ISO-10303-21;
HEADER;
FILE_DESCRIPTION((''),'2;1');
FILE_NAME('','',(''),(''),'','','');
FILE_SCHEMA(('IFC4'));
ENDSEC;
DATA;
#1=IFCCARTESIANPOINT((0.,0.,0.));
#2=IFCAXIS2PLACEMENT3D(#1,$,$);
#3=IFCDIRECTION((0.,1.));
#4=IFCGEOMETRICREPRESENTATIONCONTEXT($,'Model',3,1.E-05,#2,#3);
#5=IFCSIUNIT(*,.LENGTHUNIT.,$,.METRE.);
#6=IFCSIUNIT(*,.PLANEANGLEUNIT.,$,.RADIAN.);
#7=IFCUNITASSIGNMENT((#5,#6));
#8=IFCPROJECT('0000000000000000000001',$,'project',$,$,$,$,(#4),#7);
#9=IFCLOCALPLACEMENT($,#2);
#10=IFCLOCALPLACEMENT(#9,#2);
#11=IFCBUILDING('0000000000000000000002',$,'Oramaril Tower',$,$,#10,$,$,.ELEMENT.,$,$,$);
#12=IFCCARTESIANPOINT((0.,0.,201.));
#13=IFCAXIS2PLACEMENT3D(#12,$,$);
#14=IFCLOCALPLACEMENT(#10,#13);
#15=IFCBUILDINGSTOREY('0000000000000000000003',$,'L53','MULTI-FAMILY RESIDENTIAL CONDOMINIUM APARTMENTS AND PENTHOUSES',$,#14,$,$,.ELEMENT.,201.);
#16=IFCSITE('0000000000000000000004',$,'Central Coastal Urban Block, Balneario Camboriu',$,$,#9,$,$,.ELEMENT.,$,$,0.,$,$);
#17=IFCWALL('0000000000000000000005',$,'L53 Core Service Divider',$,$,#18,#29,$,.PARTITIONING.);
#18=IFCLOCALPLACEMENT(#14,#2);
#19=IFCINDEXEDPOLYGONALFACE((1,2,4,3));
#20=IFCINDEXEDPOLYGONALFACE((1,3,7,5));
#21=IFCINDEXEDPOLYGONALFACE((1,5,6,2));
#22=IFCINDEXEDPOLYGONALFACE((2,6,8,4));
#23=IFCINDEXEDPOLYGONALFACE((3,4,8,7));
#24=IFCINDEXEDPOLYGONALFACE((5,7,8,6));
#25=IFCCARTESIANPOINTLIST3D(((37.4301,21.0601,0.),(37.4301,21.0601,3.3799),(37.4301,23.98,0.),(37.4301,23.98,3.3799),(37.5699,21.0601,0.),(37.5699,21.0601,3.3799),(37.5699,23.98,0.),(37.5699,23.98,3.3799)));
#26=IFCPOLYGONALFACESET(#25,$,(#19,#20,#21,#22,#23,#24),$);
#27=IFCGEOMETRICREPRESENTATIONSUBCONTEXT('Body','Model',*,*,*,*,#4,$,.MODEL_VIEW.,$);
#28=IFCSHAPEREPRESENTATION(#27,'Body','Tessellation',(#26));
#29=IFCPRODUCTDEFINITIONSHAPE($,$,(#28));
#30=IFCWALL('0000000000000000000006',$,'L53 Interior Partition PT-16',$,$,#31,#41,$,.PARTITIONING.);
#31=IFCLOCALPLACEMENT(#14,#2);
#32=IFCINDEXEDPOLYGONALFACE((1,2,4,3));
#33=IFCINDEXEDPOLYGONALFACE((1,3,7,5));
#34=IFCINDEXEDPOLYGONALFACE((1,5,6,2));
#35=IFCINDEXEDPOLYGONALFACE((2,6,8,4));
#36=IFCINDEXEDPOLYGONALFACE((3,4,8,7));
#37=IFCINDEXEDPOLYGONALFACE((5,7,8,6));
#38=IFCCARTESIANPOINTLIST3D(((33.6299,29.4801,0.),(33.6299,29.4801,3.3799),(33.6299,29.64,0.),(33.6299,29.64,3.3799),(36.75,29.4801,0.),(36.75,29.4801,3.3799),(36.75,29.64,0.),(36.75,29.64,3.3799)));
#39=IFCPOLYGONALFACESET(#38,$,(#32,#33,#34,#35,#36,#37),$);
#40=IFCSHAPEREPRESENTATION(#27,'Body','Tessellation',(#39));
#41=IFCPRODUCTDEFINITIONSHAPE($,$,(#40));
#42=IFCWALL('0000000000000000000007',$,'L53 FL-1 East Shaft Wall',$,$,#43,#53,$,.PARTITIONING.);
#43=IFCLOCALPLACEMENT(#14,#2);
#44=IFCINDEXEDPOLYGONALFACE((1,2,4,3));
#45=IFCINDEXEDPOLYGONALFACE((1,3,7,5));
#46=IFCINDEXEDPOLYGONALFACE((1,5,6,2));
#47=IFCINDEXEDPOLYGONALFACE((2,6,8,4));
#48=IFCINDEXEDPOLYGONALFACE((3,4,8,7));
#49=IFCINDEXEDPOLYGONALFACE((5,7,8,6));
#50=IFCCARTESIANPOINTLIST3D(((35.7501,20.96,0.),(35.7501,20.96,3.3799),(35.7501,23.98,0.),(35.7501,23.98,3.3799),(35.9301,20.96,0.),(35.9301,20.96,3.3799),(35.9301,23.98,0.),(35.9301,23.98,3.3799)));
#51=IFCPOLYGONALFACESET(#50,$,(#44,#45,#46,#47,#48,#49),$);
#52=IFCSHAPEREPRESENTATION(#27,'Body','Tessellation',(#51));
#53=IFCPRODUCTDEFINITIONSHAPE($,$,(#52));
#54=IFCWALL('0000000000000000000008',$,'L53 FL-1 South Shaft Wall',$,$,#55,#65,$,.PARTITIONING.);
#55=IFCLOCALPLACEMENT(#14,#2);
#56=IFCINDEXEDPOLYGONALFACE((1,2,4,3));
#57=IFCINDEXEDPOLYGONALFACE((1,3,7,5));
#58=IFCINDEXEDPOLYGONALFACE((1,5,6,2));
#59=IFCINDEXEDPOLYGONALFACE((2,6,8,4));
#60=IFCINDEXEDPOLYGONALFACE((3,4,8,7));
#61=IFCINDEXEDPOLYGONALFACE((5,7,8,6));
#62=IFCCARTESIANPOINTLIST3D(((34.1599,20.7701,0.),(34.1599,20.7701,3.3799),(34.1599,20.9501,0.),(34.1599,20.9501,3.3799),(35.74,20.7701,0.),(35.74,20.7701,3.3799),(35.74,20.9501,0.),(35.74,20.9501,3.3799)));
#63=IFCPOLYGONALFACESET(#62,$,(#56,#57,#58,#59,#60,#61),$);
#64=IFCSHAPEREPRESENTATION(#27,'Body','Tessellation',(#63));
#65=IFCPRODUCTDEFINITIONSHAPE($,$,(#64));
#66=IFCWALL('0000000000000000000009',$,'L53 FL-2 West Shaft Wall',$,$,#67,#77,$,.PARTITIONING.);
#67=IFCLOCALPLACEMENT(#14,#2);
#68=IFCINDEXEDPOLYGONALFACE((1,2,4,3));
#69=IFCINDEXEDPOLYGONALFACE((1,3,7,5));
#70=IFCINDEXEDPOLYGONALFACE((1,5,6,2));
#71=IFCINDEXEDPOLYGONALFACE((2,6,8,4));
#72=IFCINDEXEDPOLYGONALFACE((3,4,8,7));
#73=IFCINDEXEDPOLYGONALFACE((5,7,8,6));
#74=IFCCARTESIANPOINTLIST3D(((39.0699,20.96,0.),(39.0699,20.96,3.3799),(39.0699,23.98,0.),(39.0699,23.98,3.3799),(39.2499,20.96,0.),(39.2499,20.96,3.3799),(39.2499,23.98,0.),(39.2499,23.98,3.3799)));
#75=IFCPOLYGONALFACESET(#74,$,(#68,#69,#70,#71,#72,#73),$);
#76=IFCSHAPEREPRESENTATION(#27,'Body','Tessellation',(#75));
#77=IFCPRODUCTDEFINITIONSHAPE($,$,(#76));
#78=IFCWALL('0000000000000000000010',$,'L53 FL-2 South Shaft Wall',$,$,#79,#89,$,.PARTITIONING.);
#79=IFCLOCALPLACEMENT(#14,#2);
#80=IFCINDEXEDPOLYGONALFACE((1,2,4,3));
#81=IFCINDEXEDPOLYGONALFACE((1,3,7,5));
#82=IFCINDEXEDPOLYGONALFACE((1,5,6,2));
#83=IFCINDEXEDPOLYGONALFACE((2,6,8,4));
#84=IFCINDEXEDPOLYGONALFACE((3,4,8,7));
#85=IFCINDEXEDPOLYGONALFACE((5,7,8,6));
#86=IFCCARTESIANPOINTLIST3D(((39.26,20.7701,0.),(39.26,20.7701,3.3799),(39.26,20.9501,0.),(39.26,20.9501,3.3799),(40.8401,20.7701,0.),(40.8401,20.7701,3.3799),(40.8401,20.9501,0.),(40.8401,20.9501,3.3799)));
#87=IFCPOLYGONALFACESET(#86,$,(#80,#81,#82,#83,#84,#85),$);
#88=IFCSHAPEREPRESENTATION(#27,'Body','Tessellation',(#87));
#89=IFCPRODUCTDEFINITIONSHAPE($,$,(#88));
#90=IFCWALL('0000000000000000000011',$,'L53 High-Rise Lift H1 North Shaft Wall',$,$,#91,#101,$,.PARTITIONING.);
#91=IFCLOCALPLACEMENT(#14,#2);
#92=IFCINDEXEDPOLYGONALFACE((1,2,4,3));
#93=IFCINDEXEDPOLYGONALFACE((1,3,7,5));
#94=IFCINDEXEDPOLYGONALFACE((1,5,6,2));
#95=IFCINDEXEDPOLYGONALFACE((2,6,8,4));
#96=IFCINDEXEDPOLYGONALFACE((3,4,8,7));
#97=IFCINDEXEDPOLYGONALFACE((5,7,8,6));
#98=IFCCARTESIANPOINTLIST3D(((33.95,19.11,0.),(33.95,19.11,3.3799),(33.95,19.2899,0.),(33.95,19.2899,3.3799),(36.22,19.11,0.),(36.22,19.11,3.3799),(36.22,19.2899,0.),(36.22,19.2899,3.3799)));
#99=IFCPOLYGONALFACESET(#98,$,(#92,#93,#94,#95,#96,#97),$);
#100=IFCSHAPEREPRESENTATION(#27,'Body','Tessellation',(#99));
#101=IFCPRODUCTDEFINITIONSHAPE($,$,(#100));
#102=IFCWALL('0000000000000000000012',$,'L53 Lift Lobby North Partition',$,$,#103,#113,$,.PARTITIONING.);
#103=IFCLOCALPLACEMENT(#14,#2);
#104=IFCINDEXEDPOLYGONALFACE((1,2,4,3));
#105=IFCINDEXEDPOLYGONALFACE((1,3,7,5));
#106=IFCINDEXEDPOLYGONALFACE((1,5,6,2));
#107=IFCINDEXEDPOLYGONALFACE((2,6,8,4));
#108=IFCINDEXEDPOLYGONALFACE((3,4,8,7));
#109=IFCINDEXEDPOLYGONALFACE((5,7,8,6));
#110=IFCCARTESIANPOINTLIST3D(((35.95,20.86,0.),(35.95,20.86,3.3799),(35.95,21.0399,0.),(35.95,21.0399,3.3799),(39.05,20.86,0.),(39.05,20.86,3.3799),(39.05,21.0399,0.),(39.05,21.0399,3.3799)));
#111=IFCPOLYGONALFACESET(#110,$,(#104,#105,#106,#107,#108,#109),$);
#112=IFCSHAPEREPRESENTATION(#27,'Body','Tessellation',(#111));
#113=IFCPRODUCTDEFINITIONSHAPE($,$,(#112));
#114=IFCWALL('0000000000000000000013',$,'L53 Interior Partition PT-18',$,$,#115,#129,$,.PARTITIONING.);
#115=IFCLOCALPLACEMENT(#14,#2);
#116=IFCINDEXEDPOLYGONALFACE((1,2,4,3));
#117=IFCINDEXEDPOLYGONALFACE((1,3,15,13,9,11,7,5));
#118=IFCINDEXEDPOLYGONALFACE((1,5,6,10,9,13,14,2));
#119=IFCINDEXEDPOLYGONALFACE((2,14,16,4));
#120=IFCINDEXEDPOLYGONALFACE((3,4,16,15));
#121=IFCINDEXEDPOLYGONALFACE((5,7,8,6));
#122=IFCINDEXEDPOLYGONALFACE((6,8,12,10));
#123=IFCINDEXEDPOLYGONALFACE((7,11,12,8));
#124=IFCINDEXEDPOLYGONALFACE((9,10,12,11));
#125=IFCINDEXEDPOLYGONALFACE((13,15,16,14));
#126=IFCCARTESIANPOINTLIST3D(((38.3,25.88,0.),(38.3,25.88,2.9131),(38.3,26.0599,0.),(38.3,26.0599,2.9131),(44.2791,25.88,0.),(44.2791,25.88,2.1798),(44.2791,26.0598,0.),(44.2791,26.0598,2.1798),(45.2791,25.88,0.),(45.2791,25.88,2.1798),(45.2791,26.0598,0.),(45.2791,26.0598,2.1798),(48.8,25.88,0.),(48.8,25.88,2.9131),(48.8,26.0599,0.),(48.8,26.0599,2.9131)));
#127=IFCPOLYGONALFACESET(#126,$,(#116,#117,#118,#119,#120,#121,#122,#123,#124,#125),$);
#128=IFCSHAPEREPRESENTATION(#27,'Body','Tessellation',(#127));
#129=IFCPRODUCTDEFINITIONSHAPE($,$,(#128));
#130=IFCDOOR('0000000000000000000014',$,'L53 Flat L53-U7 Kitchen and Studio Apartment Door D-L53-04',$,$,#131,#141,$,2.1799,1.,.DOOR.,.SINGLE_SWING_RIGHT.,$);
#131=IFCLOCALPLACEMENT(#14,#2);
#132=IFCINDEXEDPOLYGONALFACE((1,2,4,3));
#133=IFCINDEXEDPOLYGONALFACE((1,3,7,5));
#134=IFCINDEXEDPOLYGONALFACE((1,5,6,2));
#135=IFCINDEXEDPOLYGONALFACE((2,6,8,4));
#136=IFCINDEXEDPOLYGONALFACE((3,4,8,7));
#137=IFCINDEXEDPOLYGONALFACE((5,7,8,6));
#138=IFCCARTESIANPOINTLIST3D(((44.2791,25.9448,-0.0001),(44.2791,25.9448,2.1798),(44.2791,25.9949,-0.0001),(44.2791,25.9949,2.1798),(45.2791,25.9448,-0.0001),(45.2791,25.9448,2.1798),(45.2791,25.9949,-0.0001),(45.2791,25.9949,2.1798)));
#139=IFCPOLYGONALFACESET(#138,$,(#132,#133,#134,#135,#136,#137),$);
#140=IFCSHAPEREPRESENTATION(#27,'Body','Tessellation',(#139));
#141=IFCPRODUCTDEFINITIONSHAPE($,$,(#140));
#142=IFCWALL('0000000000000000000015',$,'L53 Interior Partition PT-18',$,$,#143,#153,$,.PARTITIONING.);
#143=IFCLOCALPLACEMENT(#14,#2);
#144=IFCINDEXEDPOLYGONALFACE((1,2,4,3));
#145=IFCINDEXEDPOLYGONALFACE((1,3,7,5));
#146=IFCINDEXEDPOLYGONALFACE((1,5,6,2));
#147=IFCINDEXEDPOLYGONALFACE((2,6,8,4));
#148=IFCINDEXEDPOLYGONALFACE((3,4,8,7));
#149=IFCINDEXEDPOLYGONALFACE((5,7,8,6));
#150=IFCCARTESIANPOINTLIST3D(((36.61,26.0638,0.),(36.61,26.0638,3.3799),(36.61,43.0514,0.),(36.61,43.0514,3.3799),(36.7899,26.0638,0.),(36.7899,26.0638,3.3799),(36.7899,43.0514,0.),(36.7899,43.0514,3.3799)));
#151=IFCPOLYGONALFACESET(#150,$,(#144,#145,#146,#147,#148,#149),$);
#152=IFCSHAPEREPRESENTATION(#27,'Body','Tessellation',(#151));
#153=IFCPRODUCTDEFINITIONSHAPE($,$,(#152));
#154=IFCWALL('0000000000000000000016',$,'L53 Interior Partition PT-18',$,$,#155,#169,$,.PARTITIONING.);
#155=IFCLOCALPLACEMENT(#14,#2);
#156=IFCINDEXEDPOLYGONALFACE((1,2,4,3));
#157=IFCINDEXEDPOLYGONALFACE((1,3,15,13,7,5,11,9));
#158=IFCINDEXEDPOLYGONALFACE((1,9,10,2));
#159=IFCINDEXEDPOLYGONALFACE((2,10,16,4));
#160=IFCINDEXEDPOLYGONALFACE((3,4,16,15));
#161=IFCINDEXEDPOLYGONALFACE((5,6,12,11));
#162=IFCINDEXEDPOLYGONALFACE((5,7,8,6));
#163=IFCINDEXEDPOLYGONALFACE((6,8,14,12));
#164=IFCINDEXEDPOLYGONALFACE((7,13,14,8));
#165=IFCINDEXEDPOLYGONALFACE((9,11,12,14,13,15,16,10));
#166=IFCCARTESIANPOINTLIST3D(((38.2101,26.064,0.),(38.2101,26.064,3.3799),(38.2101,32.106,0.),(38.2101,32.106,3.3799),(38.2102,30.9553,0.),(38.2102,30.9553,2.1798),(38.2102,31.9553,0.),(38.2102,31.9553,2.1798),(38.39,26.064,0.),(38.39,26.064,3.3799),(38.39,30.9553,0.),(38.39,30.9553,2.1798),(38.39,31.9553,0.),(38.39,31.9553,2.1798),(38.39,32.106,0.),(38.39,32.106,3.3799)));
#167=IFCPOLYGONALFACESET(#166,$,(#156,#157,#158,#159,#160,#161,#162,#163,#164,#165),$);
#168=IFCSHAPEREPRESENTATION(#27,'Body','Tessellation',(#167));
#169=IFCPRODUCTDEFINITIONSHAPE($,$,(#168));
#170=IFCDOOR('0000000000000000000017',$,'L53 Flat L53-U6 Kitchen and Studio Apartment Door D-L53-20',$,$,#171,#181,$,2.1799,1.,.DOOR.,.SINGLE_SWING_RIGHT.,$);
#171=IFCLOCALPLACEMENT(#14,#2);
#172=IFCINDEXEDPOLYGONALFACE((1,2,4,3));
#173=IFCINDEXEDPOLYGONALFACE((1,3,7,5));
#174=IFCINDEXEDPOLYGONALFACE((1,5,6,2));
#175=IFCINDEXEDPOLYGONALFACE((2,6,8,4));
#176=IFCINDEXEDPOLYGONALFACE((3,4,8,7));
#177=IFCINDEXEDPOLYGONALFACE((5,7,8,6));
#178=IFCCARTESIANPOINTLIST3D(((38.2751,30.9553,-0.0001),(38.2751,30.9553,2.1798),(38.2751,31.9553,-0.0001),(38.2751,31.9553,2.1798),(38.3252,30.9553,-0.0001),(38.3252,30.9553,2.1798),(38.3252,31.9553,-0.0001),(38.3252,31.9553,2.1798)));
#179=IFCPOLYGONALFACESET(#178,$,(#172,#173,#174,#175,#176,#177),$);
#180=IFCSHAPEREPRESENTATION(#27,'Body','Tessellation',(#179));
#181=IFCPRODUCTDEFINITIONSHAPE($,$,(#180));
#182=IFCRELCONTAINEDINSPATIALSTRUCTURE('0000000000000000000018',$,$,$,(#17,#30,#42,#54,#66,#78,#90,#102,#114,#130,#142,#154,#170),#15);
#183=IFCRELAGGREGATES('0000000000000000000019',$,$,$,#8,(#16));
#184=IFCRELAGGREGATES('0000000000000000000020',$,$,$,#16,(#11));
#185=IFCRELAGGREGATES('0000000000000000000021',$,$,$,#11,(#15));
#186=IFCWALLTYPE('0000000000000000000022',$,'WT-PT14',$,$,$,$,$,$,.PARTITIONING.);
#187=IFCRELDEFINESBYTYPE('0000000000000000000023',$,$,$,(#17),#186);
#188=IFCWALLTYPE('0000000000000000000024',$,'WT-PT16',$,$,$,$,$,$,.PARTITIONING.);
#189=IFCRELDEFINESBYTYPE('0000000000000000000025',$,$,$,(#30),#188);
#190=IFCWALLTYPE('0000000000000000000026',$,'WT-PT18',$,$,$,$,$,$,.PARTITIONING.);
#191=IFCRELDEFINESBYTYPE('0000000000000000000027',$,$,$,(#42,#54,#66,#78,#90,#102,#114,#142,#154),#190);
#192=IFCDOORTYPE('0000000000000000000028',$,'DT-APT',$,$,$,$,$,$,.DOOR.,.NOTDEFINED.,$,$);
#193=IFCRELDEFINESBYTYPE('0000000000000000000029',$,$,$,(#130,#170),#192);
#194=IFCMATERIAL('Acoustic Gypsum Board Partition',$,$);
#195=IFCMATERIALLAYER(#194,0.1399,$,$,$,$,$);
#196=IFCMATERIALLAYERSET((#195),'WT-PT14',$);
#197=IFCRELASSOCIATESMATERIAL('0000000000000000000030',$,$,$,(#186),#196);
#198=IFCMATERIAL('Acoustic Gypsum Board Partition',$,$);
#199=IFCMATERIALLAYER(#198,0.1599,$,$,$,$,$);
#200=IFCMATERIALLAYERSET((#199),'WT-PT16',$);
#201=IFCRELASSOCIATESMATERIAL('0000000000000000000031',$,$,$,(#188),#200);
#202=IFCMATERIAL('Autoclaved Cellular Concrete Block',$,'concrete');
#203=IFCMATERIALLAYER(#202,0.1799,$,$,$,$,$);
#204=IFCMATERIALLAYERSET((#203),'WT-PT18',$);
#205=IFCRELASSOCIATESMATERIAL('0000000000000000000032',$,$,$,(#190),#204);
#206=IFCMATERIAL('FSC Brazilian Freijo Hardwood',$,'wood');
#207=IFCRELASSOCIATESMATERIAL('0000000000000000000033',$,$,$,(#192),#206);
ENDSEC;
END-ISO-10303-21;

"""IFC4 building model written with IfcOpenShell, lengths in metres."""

from ifc_helpers import new_model, si_unit, direction, frame, frame_2d, origin, place, context, subcontext, project, spatial, rectangle, extrude, material, layer, layer_set, type_object, element, fill, save


model = new_model("IFC4")

# Units and contexts
model_context = context("Model", 3, precision=1e-05, world=origin(), true_north=direction((0.0, 1.0)))
body_context = subcontext(model_context, "Body", "Model", "MODEL_VIEW")
ifc_project = project(units=[si_unit("LENGTHUNIT", "METRE"), si_unit("PLANEANGLEUNIT", "RADIAN")], contexts=[model_context])

# Site, building, storey
site_placement = place(None, origin())
site = spatial("IfcSite", under=ifc_project, at=site_placement, Name="Central Coastal Urban Block, Balneario Camboriu", CompositionType="ELEMENT", RefElevation=0.0)
building_placement = place(site_placement, origin())
building = spatial("IfcBuilding", under=site, at=building_placement, Name="Oramaril Tower", CompositionType="ELEMENT")
storey_placement = place(building_placement, frame((0.0, 0.0, 201.0)))
storey = spatial("IfcBuildingStorey", under=building, at=storey_placement, Name="L53", Description="MULTI-FAMILY RESIDENTIAL CONDOMINIUM APARTMENTS AND PENTHOUSES", CompositionType="ELEMENT", Elevation=201.0)

# Walls
ifc_material_1 = material(Name="Acoustic Gypsum Board Partition")
ifc_layer_1 = layer(ifc_material_1, 0.1399)
ifc_layer_set_1 = layer_set([ifc_layer_1], Name="WT-PT14")
wall_type_1 = type_object("IfcWallType", Name="WT-PT14", PredefinedType="PARTITIONING", material=ifc_layer_set_1)
wall_1_placement = place(storey_placement, frame((37.5, 21.0601, 0.0), z_axis=(0.0, 0.0, 1.0), x_axis=(0.0, 1.0, 0.0)))
element("IfcWall", 1, at=wall_1_placement, inside=storey, type_object=wall_type_1, Name="L53 Core Service Divider", PredefinedType="PARTITIONING", context=body_context, shape_type="SweptSolid", body=[
    extrude(rectangle(XDim=2.9199, YDim=0.1399, at=frame_2d((1.46, 0.0))), origin(), (0.0, 0.0, 1.0), 3.3799),
])
ifc_material_2 = material(Name="Acoustic Gypsum Board Partition")
ifc_layer_2 = layer(ifc_material_2, 0.1599)
ifc_layer_set_2 = layer_set([ifc_layer_2], Name="WT-PT16")
wall_type_2 = type_object("IfcWallType", Name="WT-PT16", PredefinedType="PARTITIONING", material=ifc_layer_set_2)
wall_2_placement = place(storey_placement, frame((33.6299, 29.5601, 0.0), z_axis=(0.0, 0.0, 1.0), x_axis=(1.0, 0.0, 0.0)))
element("IfcWall", 2, at=wall_2_placement, inside=storey, type_object=wall_type_2, Name="L53 Interior Partition PT-16", PredefinedType="PARTITIONING", context=body_context, shape_type="SweptSolid", body=[
    extrude(rectangle(XDim=3.1201, YDim=0.1599, at=frame_2d((1.5601, 0.0))), origin(), (0.0, 0.0, 1.0), 3.3799),
])

# Walls
ifc_material_3 = material(Name="Autoclaved Cellular Concrete Block", Category="concrete")
ifc_layer_3 = layer(ifc_material_3, 0.1799)
ifc_layer_set_3 = layer_set([ifc_layer_3], Name="WT-PT18")
wall_type_3 = type_object("IfcWallType", Name="WT-PT18", PredefinedType="PARTITIONING", material=ifc_layer_set_3)
wall_3_placement = place(storey_placement, frame((35.8401, 20.96, 0.0), z_axis=(0.0, 0.0, 1.0), x_axis=(0.0, 1.0, 0.0)))
element("IfcWall", 3, at=wall_3_placement, inside=storey, type_object=wall_type_3, Name="L53 FL-1 East Shaft Wall", PredefinedType="PARTITIONING", context=body_context, shape_type="SweptSolid", body=[
    extrude(rectangle(XDim=3.02, YDim=0.1799, at=frame_2d((1.51, 0.0))), origin(), (0.0, 0.0, 1.0), 3.3799),
])
wall_4_placement = place(storey_placement, frame((34.1599, 20.8601, 0.0), z_axis=(0.0, 0.0, 1.0), x_axis=(1.0, 0.0, 0.0)))
element("IfcWall", 4, at=wall_4_placement, inside=storey, type_object=wall_type_3, Name="L53 FL-1 South Shaft Wall", PredefinedType="PARTITIONING", context=body_context, shape_type="SweptSolid", body=[
    extrude(rectangle(XDim=1.5801, YDim=0.1799, at=frame_2d((0.79, 0.0))), origin(), (0.0, 0.0, 1.0), 3.3799),
])
wall_5_placement = place(storey_placement, frame((39.1599, 20.96, 0.0), z_axis=(0.0, 0.0, 1.0), x_axis=(0.0, 1.0, 0.0)))
element("IfcWall", 5, at=wall_5_placement, inside=storey, type_object=wall_type_3, Name="L53 FL-2 West Shaft Wall", PredefinedType="PARTITIONING", context=body_context, shape_type="SweptSolid", body=[
    extrude(rectangle(XDim=3.02, YDim=0.1799, at=frame_2d((1.51, 0.0))), origin(), (0.0, 0.0, 1.0), 3.3799),
])
wall_6_placement = place(storey_placement, frame((39.26, 20.8601, 0.0), z_axis=(0.0, 0.0, 1.0), x_axis=(1.0, 0.0, 0.0)))
element("IfcWall", 6, at=wall_6_placement, inside=storey, type_object=wall_type_3, Name="L53 FL-2 South Shaft Wall", PredefinedType="PARTITIONING", context=body_context, shape_type="SweptSolid", body=[
    extrude(rectangle(XDim=1.5801, YDim=0.1799, at=frame_2d((0.79, 0.0))), origin(), (0.0, 0.0, 1.0), 3.3799),
])
wall_7_placement = place(storey_placement, frame((33.95, 19.2, 0.0), z_axis=(0.0, 0.0, 1.0), x_axis=(1.0, 0.0, 0.0)))
element("IfcWall", 7, at=wall_7_placement, inside=storey, type_object=wall_type_3, Name="L53 High-Rise Lift H1 North Shaft Wall", PredefinedType="PARTITIONING", context=body_context, shape_type="SweptSolid", body=[
    extrude(rectangle(XDim=2.27, YDim=0.1799, at=frame_2d((1.135, 0.0))), origin(), (0.0, 0.0, 1.0), 3.3799),
])
wall_8_placement = place(storey_placement, frame((35.95, 20.95, 0.0), z_axis=(0.0, 0.0, 1.0), x_axis=(1.0, 0.0, 0.0)))
element("IfcWall", 8, at=wall_8_placement, inside=storey, type_object=wall_type_3, Name="L53 Lift Lobby North Partition", PredefinedType="PARTITIONING", context=body_context, shape_type="SweptSolid", body=[
    extrude(rectangle(XDim=3.1001, YDim=0.1799, at=frame_2d((1.55, 0.0))), origin(), (0.0, 0.0, 1.0), 3.3799),
])

# Wall, opening, door
wall_9_placement = place(storey_placement, frame((38.3, 25.97, 0.0), z_axis=(0.0, 0.0, 1.0), x_axis=(1.0, 0.0, 0.0)))
wall_9 = element("IfcWall", 9, at=wall_9_placement, inside=storey, type_object=wall_type_3, Name="L53 Interior Partition PT-18", PredefinedType="PARTITIONING", context=body_context, shape_type="SweptSolid", body=[
    extrude(rectangle(XDim=10.5, YDim=0.1799, at=frame_2d((5.25, 0.0))), origin(), (0.0, 0.0, 1.0), 2.9131),
])
opening_1_placement = place(wall_9_placement, frame((5.979, 0.0, 0.0)))
opening_1 = element("IfcOpeningElement", 10, at=opening_1_placement, cuts=wall_9, PredefinedType="OPENING", context=body_context, shape_type="SweptSolid", body=[
    extrude(rectangle(XDim=1.0, YDim=2.1799, at=frame_2d((0.5, 1.0898))), frame((0.0, 0.0898, 0.0), z_axis=(0.0, -1.0, 0.0), x_axis=(1.0, 0.0, 0.0)), (0.0, 0.0, 1.0), 0.1799),
])
ifc_material_4 = material(Name="FSC Brazilian Freijo Hardwood", Category="wood")
door_type_1 = type_object("IfcDoorType", Name="DT-APT", OperationType="NOTDEFINED", PredefinedType="DOOR", material=ifc_material_4)
door_1_placement = place(opening_1_placement, origin())
door_1 = element("IfcDoor", 11, at=door_1_placement, inside=storey, type_object=door_type_1, Name="L53 Flat L53-U7 Kitchen and Studio Apartment Door D-L53-04", OperationType="SINGLE_SWING_RIGHT", OverallHeight=2.1799, OverallWidth=1.0, PredefinedType="DOOR", context=body_context, shape_type="SweptSolid", body=[
    extrude(rectangle(XDim=1.0, YDim=2.1799, at=frame_2d((0.5, 1.0898))), frame((0.0, 0.0249, 0.0), z_axis=(0.0, -1.0, 0.0), x_axis=(1.0, 0.0, 0.0)), (0.0, 0.0, 1.0), 0.05),
])
fill(opening_1, door_1)

# Wall
wall_10_placement = place(storey_placement, frame((36.7, 26.064, 0.0), z_axis=(0.0, 0.0, 1.0), x_axis=(0.0, 1.0, 0.0)))
element("IfcWall", 12, at=wall_10_placement, inside=storey, type_object=wall_type_3, Name="L53 Interior Partition PT-18", PredefinedType="PARTITIONING", context=body_context, shape_type="SweptSolid", body=[
    extrude(rectangle(XDim=16.9875, YDim=0.1799, at=frame_2d((8.4937, 0.0))), origin(), (0.0, 0.0, 1.0), 3.3799),
])

# Wall, opening, door
wall_11_placement = place(storey_placement, frame((38.3, 26.064, 0.0), z_axis=(0.0, 0.0, 1.0), x_axis=(0.0, 1.0, 0.0)))
wall_11 = element("IfcWall", 13, at=wall_11_placement, inside=storey, type_object=wall_type_3, Name="L53 Interior Partition PT-18", PredefinedType="PARTITIONING", context=body_context, shape_type="SweptSolid", body=[
    extrude(rectangle(XDim=6.042, YDim=0.1799, at=frame_2d((3.021, 0.0))), origin(), (0.0, 0.0, 1.0), 3.3799),
])
opening_2_placement = place(wall_11_placement, frame((4.8914, 0.0, 0.0)))
opening_2 = element("IfcOpeningElement", 14, at=opening_2_placement, cuts=wall_11, PredefinedType="OPENING", context=body_context, shape_type="SweptSolid", body=[
    extrude(rectangle(XDim=1.0, YDim=2.1799, at=frame_2d((0.5, 1.0898))), frame((0.0, 0.0898, 0.0), z_axis=(0.0, -1.0, 0.0), x_axis=(1.0, 0.0, 0.0)), (0.0, 0.0, 1.0), 0.1799),
])
door_2_placement = place(opening_2_placement, origin())
door_2 = element("IfcDoor", 15, at=door_2_placement, inside=storey, type_object=door_type_1, Name="L53 Flat L53-U6 Kitchen and Studio Apartment Door D-L53-20", OperationType="SINGLE_SWING_RIGHT", OverallHeight=2.1799, OverallWidth=1.0, PredefinedType="DOOR", context=body_context, shape_type="SweptSolid", body=[
    extrude(rectangle(XDim=1.0, YDim=2.1799, at=frame_2d((0.5, 1.0898))), frame((0.0, 0.0249, 0.0), z_axis=(0.0, -1.0, 0.0), x_axis=(1.0, 0.0, 0.0)), (0.0, 0.0, 1.0), 0.05),
])
fill(opening_2, door_2)

save(model, "model.ifc")
